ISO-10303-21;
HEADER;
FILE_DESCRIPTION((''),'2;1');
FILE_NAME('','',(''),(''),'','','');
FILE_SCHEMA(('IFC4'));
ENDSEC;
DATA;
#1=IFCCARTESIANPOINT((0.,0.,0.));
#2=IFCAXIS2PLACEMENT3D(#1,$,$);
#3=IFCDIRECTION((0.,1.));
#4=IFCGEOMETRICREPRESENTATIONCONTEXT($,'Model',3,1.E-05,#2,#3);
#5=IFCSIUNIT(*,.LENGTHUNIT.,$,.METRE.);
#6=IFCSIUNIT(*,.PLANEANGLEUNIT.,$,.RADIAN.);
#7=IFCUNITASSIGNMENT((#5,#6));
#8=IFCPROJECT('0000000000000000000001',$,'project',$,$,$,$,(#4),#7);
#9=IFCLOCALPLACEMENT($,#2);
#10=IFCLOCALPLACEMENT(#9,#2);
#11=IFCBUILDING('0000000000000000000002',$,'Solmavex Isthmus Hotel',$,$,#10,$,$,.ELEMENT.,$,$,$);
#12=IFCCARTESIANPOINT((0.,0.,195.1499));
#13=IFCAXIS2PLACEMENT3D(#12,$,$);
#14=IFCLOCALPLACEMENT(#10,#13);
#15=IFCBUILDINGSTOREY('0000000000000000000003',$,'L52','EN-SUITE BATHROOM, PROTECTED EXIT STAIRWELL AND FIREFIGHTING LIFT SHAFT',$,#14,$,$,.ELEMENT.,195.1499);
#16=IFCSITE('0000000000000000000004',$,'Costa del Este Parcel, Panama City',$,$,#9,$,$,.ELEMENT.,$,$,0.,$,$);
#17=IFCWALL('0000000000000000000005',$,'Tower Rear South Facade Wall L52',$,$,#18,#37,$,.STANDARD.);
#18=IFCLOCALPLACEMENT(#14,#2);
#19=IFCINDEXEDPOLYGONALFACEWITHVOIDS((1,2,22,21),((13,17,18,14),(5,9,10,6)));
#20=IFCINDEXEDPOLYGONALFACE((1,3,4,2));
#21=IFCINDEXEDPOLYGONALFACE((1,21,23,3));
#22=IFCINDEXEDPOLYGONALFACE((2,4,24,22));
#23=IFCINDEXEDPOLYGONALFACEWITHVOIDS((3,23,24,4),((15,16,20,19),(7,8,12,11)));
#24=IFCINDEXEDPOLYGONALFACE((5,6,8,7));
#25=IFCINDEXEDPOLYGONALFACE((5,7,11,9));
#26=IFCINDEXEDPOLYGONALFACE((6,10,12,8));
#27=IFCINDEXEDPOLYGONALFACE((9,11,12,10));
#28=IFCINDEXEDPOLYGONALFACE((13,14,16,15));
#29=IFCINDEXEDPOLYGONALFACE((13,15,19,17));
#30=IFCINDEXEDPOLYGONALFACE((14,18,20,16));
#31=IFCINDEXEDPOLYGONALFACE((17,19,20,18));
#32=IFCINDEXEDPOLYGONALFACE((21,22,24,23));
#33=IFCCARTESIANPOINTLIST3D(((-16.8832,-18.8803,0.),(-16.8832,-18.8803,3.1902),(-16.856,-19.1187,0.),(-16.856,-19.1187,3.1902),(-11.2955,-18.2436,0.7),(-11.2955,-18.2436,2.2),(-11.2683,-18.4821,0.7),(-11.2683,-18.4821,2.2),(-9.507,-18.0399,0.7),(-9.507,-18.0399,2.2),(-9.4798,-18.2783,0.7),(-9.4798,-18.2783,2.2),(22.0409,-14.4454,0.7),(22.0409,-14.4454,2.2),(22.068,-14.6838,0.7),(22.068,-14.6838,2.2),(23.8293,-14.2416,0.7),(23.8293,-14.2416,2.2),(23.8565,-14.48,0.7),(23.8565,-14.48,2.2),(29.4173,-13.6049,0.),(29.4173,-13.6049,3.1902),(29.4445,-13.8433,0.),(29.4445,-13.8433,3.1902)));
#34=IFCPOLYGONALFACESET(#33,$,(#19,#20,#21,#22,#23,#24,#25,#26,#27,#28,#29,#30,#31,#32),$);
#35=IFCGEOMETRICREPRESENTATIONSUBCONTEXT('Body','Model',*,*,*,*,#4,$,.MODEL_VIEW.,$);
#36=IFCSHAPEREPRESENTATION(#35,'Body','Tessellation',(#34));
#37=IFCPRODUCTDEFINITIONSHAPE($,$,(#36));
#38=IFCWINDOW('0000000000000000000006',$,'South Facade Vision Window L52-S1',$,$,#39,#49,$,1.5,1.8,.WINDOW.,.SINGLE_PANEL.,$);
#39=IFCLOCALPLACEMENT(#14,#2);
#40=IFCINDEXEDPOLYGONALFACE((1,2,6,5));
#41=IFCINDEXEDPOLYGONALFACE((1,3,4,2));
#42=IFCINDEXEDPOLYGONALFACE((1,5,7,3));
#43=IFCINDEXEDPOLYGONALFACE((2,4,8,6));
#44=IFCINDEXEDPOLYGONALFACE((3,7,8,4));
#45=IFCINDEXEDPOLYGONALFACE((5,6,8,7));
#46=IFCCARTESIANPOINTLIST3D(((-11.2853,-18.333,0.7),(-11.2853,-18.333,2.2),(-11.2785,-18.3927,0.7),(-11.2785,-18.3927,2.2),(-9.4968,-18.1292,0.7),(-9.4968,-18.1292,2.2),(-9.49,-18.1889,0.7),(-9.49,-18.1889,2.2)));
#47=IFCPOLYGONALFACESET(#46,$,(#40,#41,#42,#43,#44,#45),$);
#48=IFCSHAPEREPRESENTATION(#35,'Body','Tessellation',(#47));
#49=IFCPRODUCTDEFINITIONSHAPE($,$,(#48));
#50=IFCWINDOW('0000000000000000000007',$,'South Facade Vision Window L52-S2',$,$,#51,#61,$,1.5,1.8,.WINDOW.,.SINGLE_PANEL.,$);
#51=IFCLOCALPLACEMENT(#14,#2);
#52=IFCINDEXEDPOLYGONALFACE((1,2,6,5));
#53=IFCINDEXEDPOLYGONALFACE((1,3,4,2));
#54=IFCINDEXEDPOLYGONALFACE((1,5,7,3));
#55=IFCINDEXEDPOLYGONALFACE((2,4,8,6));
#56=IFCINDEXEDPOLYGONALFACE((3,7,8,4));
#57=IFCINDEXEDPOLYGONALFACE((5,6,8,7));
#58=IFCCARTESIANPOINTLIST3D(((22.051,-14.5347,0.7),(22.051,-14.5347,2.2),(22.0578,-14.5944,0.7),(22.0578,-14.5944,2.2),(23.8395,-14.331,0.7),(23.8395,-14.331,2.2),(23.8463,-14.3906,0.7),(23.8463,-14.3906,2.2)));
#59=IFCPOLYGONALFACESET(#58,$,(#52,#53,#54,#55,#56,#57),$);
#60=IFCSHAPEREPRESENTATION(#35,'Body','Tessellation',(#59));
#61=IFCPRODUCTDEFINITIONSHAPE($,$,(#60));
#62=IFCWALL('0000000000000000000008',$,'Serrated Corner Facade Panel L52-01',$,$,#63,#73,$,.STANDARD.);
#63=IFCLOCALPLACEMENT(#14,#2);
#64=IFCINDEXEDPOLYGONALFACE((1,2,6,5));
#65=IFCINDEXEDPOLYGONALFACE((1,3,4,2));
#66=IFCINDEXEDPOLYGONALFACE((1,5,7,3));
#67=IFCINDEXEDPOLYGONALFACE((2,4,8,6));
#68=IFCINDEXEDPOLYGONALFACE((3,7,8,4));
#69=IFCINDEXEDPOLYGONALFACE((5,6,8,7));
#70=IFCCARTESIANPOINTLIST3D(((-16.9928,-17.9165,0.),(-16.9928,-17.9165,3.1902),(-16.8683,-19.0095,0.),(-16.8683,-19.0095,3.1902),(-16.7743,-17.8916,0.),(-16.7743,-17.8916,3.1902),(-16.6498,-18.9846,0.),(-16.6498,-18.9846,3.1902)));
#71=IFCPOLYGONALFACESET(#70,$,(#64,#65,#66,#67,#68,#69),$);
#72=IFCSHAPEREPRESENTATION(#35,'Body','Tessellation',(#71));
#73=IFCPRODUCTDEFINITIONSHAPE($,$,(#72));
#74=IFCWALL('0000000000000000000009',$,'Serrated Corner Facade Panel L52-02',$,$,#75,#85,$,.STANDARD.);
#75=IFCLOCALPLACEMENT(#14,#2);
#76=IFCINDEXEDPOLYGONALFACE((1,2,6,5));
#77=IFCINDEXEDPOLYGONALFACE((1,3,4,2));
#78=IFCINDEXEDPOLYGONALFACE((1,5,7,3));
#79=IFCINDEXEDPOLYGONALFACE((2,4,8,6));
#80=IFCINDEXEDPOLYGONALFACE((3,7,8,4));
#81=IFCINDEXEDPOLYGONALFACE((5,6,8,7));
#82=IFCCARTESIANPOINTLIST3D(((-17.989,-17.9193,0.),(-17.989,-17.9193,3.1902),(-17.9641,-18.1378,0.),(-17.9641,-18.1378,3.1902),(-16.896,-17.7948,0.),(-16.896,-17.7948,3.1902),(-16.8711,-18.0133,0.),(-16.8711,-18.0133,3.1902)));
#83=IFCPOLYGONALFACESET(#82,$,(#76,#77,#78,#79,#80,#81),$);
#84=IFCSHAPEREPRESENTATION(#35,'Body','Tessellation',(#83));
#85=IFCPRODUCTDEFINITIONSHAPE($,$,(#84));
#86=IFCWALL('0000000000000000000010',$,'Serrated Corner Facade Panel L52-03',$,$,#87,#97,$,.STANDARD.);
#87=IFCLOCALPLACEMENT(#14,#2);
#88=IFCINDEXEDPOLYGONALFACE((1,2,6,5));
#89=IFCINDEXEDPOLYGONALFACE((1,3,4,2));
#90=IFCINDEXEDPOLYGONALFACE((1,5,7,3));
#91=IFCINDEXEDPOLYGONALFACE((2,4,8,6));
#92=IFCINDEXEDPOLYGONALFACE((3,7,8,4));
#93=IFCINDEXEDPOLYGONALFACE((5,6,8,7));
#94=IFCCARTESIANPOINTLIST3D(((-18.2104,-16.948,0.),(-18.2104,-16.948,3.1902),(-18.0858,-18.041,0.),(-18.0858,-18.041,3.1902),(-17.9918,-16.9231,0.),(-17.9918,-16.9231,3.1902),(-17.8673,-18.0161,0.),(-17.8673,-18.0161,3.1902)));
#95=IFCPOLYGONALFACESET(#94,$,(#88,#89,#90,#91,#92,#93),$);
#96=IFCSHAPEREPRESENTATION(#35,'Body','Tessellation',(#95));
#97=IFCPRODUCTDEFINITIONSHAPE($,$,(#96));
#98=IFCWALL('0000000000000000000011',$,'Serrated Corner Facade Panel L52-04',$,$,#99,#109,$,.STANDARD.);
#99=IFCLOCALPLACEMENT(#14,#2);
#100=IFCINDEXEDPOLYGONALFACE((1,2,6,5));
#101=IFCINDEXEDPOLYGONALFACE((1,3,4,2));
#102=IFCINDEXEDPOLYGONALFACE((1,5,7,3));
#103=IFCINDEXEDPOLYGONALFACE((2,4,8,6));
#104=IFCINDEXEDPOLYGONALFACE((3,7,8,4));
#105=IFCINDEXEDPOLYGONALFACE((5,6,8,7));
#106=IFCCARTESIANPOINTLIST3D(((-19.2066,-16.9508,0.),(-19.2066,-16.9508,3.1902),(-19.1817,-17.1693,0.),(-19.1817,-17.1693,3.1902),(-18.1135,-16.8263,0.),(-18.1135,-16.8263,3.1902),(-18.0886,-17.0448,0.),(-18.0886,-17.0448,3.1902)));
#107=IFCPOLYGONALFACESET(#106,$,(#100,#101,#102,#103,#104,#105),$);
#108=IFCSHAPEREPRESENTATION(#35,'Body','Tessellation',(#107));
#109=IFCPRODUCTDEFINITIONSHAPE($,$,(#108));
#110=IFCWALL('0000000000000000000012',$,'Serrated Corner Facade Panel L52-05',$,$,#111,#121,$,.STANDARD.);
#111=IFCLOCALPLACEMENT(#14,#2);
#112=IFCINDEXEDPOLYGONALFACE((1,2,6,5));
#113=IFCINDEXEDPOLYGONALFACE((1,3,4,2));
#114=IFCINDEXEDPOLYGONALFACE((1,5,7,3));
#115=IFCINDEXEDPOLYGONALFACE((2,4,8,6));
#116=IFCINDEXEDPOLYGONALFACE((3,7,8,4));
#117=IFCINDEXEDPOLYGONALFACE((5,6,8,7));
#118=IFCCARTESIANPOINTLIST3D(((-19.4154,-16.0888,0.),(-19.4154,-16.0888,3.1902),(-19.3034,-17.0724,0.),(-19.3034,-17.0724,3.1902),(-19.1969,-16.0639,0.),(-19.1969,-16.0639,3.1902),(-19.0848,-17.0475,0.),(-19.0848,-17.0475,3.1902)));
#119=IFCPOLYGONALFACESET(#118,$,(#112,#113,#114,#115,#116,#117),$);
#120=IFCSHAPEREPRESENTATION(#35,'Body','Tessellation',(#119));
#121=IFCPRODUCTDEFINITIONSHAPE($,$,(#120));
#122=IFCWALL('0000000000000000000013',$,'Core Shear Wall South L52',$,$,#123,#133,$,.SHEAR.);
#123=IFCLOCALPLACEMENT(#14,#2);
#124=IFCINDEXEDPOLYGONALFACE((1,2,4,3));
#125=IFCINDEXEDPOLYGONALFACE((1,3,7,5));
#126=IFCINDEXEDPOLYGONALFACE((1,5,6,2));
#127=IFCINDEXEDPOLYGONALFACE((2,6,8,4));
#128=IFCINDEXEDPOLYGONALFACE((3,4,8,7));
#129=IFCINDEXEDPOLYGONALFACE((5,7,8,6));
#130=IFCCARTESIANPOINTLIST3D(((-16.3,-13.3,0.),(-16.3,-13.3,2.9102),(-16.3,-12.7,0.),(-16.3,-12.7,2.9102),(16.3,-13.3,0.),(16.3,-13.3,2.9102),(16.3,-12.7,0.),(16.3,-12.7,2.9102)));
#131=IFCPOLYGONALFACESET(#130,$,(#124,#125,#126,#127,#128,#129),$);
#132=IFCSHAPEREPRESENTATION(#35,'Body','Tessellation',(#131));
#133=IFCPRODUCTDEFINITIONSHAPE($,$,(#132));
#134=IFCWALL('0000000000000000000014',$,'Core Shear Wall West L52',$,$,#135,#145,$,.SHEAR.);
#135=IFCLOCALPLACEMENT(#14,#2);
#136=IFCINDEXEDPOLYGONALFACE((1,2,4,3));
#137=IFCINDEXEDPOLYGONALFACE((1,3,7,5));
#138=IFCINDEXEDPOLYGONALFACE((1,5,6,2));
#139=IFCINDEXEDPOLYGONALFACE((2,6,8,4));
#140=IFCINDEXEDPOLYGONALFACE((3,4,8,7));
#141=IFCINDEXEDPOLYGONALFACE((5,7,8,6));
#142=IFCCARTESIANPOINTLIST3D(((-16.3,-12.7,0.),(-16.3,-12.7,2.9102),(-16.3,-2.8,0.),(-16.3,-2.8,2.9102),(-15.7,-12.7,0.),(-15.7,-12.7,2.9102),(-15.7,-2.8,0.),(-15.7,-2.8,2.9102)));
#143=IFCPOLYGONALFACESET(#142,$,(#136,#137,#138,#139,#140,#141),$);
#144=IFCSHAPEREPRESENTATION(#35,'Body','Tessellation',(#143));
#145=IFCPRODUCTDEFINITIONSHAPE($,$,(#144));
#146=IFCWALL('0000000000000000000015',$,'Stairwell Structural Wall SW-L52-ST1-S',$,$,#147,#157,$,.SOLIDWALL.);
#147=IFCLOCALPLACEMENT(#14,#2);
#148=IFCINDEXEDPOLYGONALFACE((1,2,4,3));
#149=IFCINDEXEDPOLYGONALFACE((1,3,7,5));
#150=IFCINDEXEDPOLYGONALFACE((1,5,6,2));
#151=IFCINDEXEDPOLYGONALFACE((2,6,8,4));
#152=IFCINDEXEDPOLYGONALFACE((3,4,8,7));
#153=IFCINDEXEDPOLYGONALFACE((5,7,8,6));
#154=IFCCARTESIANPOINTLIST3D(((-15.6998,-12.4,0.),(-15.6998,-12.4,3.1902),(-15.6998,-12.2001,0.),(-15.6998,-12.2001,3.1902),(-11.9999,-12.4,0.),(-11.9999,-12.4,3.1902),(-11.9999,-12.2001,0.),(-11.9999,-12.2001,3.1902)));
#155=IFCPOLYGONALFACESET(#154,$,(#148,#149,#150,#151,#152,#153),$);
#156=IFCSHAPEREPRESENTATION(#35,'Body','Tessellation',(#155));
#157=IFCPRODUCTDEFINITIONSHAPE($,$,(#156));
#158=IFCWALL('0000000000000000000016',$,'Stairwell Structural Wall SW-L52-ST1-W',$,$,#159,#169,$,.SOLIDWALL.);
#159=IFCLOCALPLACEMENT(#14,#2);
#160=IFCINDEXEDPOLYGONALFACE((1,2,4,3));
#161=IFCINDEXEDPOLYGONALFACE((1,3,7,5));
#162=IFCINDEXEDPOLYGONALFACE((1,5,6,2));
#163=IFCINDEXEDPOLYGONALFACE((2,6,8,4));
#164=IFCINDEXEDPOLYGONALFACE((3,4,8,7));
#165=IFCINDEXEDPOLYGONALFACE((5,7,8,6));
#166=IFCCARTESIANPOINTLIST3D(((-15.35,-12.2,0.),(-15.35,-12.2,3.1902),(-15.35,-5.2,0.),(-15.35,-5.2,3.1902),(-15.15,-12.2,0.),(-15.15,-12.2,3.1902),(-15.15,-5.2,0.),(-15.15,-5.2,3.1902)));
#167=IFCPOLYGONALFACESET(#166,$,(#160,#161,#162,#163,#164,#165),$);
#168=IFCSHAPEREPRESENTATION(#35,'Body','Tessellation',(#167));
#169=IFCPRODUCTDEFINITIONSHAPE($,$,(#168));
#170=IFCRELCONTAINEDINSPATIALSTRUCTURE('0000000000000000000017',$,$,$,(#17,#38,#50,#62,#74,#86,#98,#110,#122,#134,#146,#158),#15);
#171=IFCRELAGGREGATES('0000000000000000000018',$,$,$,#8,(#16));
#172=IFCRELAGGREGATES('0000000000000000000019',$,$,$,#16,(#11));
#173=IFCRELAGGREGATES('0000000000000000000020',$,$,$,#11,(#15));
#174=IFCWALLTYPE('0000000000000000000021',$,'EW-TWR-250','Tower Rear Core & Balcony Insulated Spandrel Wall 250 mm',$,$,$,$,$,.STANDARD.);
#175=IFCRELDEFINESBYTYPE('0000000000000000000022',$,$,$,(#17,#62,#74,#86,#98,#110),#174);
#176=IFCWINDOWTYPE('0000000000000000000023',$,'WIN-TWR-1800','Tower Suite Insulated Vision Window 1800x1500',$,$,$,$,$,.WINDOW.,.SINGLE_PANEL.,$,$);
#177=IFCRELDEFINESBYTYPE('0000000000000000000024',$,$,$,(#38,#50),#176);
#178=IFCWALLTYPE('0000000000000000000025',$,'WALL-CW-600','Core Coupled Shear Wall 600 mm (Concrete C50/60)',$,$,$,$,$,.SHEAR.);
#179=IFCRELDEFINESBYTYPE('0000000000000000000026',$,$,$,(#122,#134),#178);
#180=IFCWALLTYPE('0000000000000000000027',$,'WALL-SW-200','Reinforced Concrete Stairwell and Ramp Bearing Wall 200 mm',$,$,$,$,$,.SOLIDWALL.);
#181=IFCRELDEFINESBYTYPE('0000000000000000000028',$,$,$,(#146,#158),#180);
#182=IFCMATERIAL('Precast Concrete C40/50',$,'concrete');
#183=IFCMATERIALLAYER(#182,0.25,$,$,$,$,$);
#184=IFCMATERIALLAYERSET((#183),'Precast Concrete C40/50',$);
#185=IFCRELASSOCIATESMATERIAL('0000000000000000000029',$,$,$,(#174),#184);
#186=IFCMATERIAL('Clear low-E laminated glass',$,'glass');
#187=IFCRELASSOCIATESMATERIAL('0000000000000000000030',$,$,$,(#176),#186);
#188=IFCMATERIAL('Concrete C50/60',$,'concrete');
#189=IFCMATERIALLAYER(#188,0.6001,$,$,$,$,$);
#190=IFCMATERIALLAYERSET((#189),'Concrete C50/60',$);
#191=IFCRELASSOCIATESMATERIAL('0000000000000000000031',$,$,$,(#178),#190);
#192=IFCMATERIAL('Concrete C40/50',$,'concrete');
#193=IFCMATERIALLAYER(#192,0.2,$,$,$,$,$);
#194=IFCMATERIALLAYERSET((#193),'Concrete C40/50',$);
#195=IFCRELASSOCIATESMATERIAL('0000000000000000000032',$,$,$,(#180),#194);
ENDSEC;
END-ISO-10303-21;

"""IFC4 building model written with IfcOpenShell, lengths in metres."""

from ifc_helpers import new_model, si_unit, direction, frame, frame_2d, origin, place, context, subcontext, project, spatial, rectangle, extrude, material, layer, layer_set, type_object, element, fill, save


model = new_model("IFC4")

# Units and contexts
model_context = context("Model", 3, precision=1e-05, world=origin(), true_north=direction((0.0, 1.0)))
body_context = subcontext(model_context, "Body", "Model", "MODEL_VIEW")
ifc_project = project(units=[si_unit("LENGTHUNIT", "METRE"), si_unit("PLANEANGLEUNIT", "RADIAN")], contexts=[model_context])

# Site, building, storey
site_placement = place(None, origin())
site = spatial("IfcSite", under=ifc_project, at=site_placement, Name="Costa del Este Parcel, Panama City", CompositionType="ELEMENT", RefElevation=0.0)
building_placement = place(site_placement, origin())
building = spatial("IfcBuilding", under=site, at=building_placement, Name="Solmavex Isthmus Hotel", CompositionType="ELEMENT")
storey_placement = place(building_placement, frame((0.0, 0.0, 195.1499)))
storey = spatial("IfcBuildingStorey", under=building, at=storey_placement, Name="L52", Description="EN-SUITE BATHROOM, PROTECTED EXIT STAIRWELL AND FIREFIGHTING LIFT SHAFT", CompositionType="ELEMENT", Elevation=195.1499)

# Shared definitions
ifc_material_1 = material(Name="Concrete C50/60", Category="concrete")

# Shared definitions
ifc_material_2 = material(Name="Clear low-E laminated glass", Category="glass")

# Wall, openings, windows
ifc_material_3 = material(Name="Precast Concrete C40/50", Category="concrete")
ifc_layer_1 = layer(ifc_material_3, 0.25)
ifc_layer_set_1 = layer_set([ifc_layer_1], Name="Precast Concrete C40/50")
wall_type_1 = type_object("IfcWallType", Name="EW-TWR-250", Description="Tower Rear Core & Balcony Insulated Spandrel Wall 250 mm", PredefinedType="STANDARD", material=ifc_layer_set_1)
wall_1_placement = place(storey_placement, frame((-16.8696, -18.9995, 0.0), z_axis=(0.0, 0.0, 1.0), x_axis=(0.993572, 0.113206, 0.0)))
wall_1 = element("IfcWall", 1, at=wall_1_placement, inside=storey, type_object=wall_type_1, Name="Tower Rear South Facade Wall L52", PredefinedType="STANDARD", context=body_context, shape_type="SweptSolid", body=[
    extrude(rectangle(XDim=46.6001, YDim=0.24, at=frame_2d((23.3, 0.0))), origin(), (0.0, 0.0, 1.0), 3.1902),
])
opening_1_placement = place(wall_1_placement, frame((5.624, 0.0, 0.7)))
opening_1 = element("IfcOpeningElement", 2, at=opening_1_placement, cuts=wall_1, PredefinedType="OPENING", context=body_context, shape_type="SweptSolid", body=[
    extrude(rectangle(XDim=1.8, YDim=1.5, at=frame_2d((0.8999, 0.75))), frame((0.0, 0.1299, 0.0), z_axis=(0.0, -1.0, 0.0), x_axis=(1.0, 0.0, 0.0)), (0.0, 0.0, 1.0), 0.26),
])
opening_2_placement = place(wall_1_placement, frame((39.176, 0.0, 0.7)))
opening_2 = element("IfcOpeningElement", 3, at=opening_2_placement, cuts=wall_1, PredefinedType="OPENING", context=body_context, shape_type="SweptSolid", body=[
    extrude(rectangle(XDim=1.8, YDim=1.5, at=frame_2d((0.8999, 0.75))), frame((0.0, 0.1299, 0.0), z_axis=(0.0, -1.0, 0.0), x_axis=(1.0, 0.0, 0.0)), (0.0, 0.0, 1.0), 0.26),
])
window_type = type_object("IfcWindowType", Name="WIN-TWR-1800", Description="Tower Suite Insulated Vision Window 1800x1500", PartitioningType="SINGLE_PANEL", PredefinedType="WINDOW", material=ifc_material_2)
window_1_placement = place(opening_1_placement, origin())
window_1 = element("IfcWindow", 4, at=window_1_placement, inside=storey, type_object=window_type, Name="South Facade Vision Window L52-S1", OverallHeight=1.5, OverallWidth=1.8, PartitioningType="SINGLE_PANEL", PredefinedType="WINDOW", context=body_context, shape_type="SweptSolid", body=[
    extrude(rectangle(XDim=1.8, YDim=1.5, at=frame_2d((0.8999, 0.75))), frame((0.0, 0.03, 0.0), z_axis=(0.0, -1.0, 0.0), x_axis=(1.0, 0.0, 0.0)), (0.0, 0.0, 1.0), 0.0601),
])
fill(opening_1, window_1)
window_2_placement = place(opening_2_placement, origin())
window_2 = element("IfcWindow", 5, at=window_2_placement, inside=storey, type_object=window_type, Name="South Facade Vision Window L52-S2", OverallHeight=1.5, OverallWidth=1.8, PartitioningType="SINGLE_PANEL", PredefinedType="WINDOW", context=body_context, shape_type="SweptSolid", body=[
    extrude(rectangle(XDim=1.8, YDim=1.5, at=frame_2d((0.8999, 0.75))), frame((0.0, 0.03, 0.0), z_axis=(0.0, -1.0, 0.0), x_axis=(1.0, 0.0, 0.0)), (0.0, 0.0, 1.0), 0.0601),
])
fill(opening_2, window_2)

# Walls
for number, where, z_axis, x_axis, name in (
    (6, (-16.759, -18.9971, 0.0), (0.0, 0.0, 1.0), (-0.113184, 0.993574, 0.0), "Serrated Corner Facade Panel L52-01"),
    (7, (-16.8835, -17.9041, 0.0), (0.0, 0.0, 1.0), (-0.993574, -0.113184, 0.0), "Serrated Corner Facade Panel L52-02"),
    (8, (-17.9766, -18.0286, 0.0), (0.0, 0.0, 1.0), (-0.113184, 0.993574, 0.0), "Serrated Corner Facade Panel L52-03"),
    (9, (-18.1011, -16.9355, 0.0), (0.0, 0.0, 1.0), (-0.993574, -0.113184, 0.0), "Serrated Corner Facade Panel L52-04"),
):
    element("IfcWall", number, at=place(storey_placement, frame(where, z_axis=z_axis, x_axis=x_axis)), inside=storey, type_object=wall_type_1, Name=name, PredefinedType="STANDARD", context=body_context, shape_type="SweptSolid", body=[
        extrude(rectangle(XDim=1.1001, YDim=0.22, at=frame_2d((0.55, 0.0))), origin(), (0.0, 0.0, 1.0), 3.1902),
    ])
wall_2_placement = place(storey_placement, frame((-19.1941, -17.0601, 0.0), z_axis=(0.0, 0.0, 1.0), x_axis=(-0.113192, 0.993573, 0.0)))
element("IfcWall", 10, at=wall_2_placement, inside=storey, type_object=wall_type_1, Name="Serrated Corner Facade Panel L52-05", PredefinedType="STANDARD", context=body_context, shape_type="SweptSolid", body=[
    extrude(rectangle(XDim=0.99, YDim=0.22, at=frame_2d((0.4951, 0.0))), origin(), (0.0, 0.0, 1.0), 3.1902),
])

# Walls
ifc_layer_2 = layer(ifc_material_1, 0.6001)
ifc_layer_set_2 = layer_set([ifc_layer_2], Name="Concrete C50/60")
wall_type_2 = type_object("IfcWallType", Name="WALL-CW-600", Description="Core Coupled Shear Wall 600 mm (Concrete C50/60)", PredefinedType="SHEAR", material=ifc_layer_set_2)
wall_3_placement = place(storey_placement, frame((-16.3, -13.0, 0.0), z_axis=(0.0, 0.0, 1.0), x_axis=(1.0, 0.0, 0.0)))
element("IfcWall", 11, at=wall_3_placement, inside=storey, type_object=wall_type_2, Name="Core Shear Wall South L52", PredefinedType="SHEAR", context=body_context, shape_type="SweptSolid", body=[
    extrude(rectangle(XDim=32.6001, YDim=0.6001, at=frame_2d((16.3, 0.0))), origin(), (0.0, 0.0, 1.0), 2.9102),
])
wall_4_placement = place(storey_placement, frame((-16.0, -12.7, 0.0), z_axis=(0.0, 0.0, 1.0), x_axis=(0.0, 1.0, 0.0)))
element("IfcWall", 12, at=wall_4_placement, inside=storey, type_object=wall_type_2, Name="Core Shear Wall West L52", PredefinedType="SHEAR", context=body_context, shape_type="SweptSolid", body=[
    extrude(rectangle(XDim=9.8999, YDim=0.6001, at=frame_2d((4.95, 0.0))), origin(), (0.0, 0.0, 1.0), 2.9102),
])
ifc_material_4 = material(Name="Concrete C40/50", Category="concrete")
ifc_layer_3 = layer(ifc_material_4, 0.2)
ifc_layer_set_3 = layer_set([ifc_layer_3], Name="Concrete C40/50")
wall_type_3 = type_object("IfcWallType", Name="WALL-SW-200", Description="Reinforced Concrete Stairwell and Ramp Bearing Wall 200 mm", PredefinedType="SOLIDWALL", material=ifc_layer_set_3)
wall_5_placement = place(storey_placement, frame((-15.7, -12.3, 0.0), z_axis=(0.0, 0.0, 1.0), x_axis=(1.0, 0.0, 0.0)))
element("IfcWall", 13, at=wall_5_placement, inside=storey, type_object=wall_type_3, Name="Stairwell Structural Wall SW-L52-ST1-S", PredefinedType="SOLIDWALL", context=body_context, shape_type="SweptSolid", body=[
    extrude(rectangle(XDim=3.7, YDim=0.2, at=frame_2d((1.8501, 0.0))), origin(), (0.0, 0.0, 1.0), 3.1902),
])
wall_6_placement = place(storey_placement, frame((-15.25, -12.2, 0.0), z_axis=(0.0, 0.0, 1.0), x_axis=(0.0, 1.0, 0.0)))
element("IfcWall", 14, at=wall_6_placement, inside=storey, type_object=wall_type_3, Name="Stairwell Structural Wall SW-L52-ST1-W", PredefinedType="SOLIDWALL", context=body_context, shape_type="SweptSolid", body=[
    extrude(rectangle(XDim=7.0, YDim=0.2, at=frame_2d((3.5, 0.0))), origin(), (0.0, 0.0, 1.0), 3.1902),
])

save(model, "model.ifc")
